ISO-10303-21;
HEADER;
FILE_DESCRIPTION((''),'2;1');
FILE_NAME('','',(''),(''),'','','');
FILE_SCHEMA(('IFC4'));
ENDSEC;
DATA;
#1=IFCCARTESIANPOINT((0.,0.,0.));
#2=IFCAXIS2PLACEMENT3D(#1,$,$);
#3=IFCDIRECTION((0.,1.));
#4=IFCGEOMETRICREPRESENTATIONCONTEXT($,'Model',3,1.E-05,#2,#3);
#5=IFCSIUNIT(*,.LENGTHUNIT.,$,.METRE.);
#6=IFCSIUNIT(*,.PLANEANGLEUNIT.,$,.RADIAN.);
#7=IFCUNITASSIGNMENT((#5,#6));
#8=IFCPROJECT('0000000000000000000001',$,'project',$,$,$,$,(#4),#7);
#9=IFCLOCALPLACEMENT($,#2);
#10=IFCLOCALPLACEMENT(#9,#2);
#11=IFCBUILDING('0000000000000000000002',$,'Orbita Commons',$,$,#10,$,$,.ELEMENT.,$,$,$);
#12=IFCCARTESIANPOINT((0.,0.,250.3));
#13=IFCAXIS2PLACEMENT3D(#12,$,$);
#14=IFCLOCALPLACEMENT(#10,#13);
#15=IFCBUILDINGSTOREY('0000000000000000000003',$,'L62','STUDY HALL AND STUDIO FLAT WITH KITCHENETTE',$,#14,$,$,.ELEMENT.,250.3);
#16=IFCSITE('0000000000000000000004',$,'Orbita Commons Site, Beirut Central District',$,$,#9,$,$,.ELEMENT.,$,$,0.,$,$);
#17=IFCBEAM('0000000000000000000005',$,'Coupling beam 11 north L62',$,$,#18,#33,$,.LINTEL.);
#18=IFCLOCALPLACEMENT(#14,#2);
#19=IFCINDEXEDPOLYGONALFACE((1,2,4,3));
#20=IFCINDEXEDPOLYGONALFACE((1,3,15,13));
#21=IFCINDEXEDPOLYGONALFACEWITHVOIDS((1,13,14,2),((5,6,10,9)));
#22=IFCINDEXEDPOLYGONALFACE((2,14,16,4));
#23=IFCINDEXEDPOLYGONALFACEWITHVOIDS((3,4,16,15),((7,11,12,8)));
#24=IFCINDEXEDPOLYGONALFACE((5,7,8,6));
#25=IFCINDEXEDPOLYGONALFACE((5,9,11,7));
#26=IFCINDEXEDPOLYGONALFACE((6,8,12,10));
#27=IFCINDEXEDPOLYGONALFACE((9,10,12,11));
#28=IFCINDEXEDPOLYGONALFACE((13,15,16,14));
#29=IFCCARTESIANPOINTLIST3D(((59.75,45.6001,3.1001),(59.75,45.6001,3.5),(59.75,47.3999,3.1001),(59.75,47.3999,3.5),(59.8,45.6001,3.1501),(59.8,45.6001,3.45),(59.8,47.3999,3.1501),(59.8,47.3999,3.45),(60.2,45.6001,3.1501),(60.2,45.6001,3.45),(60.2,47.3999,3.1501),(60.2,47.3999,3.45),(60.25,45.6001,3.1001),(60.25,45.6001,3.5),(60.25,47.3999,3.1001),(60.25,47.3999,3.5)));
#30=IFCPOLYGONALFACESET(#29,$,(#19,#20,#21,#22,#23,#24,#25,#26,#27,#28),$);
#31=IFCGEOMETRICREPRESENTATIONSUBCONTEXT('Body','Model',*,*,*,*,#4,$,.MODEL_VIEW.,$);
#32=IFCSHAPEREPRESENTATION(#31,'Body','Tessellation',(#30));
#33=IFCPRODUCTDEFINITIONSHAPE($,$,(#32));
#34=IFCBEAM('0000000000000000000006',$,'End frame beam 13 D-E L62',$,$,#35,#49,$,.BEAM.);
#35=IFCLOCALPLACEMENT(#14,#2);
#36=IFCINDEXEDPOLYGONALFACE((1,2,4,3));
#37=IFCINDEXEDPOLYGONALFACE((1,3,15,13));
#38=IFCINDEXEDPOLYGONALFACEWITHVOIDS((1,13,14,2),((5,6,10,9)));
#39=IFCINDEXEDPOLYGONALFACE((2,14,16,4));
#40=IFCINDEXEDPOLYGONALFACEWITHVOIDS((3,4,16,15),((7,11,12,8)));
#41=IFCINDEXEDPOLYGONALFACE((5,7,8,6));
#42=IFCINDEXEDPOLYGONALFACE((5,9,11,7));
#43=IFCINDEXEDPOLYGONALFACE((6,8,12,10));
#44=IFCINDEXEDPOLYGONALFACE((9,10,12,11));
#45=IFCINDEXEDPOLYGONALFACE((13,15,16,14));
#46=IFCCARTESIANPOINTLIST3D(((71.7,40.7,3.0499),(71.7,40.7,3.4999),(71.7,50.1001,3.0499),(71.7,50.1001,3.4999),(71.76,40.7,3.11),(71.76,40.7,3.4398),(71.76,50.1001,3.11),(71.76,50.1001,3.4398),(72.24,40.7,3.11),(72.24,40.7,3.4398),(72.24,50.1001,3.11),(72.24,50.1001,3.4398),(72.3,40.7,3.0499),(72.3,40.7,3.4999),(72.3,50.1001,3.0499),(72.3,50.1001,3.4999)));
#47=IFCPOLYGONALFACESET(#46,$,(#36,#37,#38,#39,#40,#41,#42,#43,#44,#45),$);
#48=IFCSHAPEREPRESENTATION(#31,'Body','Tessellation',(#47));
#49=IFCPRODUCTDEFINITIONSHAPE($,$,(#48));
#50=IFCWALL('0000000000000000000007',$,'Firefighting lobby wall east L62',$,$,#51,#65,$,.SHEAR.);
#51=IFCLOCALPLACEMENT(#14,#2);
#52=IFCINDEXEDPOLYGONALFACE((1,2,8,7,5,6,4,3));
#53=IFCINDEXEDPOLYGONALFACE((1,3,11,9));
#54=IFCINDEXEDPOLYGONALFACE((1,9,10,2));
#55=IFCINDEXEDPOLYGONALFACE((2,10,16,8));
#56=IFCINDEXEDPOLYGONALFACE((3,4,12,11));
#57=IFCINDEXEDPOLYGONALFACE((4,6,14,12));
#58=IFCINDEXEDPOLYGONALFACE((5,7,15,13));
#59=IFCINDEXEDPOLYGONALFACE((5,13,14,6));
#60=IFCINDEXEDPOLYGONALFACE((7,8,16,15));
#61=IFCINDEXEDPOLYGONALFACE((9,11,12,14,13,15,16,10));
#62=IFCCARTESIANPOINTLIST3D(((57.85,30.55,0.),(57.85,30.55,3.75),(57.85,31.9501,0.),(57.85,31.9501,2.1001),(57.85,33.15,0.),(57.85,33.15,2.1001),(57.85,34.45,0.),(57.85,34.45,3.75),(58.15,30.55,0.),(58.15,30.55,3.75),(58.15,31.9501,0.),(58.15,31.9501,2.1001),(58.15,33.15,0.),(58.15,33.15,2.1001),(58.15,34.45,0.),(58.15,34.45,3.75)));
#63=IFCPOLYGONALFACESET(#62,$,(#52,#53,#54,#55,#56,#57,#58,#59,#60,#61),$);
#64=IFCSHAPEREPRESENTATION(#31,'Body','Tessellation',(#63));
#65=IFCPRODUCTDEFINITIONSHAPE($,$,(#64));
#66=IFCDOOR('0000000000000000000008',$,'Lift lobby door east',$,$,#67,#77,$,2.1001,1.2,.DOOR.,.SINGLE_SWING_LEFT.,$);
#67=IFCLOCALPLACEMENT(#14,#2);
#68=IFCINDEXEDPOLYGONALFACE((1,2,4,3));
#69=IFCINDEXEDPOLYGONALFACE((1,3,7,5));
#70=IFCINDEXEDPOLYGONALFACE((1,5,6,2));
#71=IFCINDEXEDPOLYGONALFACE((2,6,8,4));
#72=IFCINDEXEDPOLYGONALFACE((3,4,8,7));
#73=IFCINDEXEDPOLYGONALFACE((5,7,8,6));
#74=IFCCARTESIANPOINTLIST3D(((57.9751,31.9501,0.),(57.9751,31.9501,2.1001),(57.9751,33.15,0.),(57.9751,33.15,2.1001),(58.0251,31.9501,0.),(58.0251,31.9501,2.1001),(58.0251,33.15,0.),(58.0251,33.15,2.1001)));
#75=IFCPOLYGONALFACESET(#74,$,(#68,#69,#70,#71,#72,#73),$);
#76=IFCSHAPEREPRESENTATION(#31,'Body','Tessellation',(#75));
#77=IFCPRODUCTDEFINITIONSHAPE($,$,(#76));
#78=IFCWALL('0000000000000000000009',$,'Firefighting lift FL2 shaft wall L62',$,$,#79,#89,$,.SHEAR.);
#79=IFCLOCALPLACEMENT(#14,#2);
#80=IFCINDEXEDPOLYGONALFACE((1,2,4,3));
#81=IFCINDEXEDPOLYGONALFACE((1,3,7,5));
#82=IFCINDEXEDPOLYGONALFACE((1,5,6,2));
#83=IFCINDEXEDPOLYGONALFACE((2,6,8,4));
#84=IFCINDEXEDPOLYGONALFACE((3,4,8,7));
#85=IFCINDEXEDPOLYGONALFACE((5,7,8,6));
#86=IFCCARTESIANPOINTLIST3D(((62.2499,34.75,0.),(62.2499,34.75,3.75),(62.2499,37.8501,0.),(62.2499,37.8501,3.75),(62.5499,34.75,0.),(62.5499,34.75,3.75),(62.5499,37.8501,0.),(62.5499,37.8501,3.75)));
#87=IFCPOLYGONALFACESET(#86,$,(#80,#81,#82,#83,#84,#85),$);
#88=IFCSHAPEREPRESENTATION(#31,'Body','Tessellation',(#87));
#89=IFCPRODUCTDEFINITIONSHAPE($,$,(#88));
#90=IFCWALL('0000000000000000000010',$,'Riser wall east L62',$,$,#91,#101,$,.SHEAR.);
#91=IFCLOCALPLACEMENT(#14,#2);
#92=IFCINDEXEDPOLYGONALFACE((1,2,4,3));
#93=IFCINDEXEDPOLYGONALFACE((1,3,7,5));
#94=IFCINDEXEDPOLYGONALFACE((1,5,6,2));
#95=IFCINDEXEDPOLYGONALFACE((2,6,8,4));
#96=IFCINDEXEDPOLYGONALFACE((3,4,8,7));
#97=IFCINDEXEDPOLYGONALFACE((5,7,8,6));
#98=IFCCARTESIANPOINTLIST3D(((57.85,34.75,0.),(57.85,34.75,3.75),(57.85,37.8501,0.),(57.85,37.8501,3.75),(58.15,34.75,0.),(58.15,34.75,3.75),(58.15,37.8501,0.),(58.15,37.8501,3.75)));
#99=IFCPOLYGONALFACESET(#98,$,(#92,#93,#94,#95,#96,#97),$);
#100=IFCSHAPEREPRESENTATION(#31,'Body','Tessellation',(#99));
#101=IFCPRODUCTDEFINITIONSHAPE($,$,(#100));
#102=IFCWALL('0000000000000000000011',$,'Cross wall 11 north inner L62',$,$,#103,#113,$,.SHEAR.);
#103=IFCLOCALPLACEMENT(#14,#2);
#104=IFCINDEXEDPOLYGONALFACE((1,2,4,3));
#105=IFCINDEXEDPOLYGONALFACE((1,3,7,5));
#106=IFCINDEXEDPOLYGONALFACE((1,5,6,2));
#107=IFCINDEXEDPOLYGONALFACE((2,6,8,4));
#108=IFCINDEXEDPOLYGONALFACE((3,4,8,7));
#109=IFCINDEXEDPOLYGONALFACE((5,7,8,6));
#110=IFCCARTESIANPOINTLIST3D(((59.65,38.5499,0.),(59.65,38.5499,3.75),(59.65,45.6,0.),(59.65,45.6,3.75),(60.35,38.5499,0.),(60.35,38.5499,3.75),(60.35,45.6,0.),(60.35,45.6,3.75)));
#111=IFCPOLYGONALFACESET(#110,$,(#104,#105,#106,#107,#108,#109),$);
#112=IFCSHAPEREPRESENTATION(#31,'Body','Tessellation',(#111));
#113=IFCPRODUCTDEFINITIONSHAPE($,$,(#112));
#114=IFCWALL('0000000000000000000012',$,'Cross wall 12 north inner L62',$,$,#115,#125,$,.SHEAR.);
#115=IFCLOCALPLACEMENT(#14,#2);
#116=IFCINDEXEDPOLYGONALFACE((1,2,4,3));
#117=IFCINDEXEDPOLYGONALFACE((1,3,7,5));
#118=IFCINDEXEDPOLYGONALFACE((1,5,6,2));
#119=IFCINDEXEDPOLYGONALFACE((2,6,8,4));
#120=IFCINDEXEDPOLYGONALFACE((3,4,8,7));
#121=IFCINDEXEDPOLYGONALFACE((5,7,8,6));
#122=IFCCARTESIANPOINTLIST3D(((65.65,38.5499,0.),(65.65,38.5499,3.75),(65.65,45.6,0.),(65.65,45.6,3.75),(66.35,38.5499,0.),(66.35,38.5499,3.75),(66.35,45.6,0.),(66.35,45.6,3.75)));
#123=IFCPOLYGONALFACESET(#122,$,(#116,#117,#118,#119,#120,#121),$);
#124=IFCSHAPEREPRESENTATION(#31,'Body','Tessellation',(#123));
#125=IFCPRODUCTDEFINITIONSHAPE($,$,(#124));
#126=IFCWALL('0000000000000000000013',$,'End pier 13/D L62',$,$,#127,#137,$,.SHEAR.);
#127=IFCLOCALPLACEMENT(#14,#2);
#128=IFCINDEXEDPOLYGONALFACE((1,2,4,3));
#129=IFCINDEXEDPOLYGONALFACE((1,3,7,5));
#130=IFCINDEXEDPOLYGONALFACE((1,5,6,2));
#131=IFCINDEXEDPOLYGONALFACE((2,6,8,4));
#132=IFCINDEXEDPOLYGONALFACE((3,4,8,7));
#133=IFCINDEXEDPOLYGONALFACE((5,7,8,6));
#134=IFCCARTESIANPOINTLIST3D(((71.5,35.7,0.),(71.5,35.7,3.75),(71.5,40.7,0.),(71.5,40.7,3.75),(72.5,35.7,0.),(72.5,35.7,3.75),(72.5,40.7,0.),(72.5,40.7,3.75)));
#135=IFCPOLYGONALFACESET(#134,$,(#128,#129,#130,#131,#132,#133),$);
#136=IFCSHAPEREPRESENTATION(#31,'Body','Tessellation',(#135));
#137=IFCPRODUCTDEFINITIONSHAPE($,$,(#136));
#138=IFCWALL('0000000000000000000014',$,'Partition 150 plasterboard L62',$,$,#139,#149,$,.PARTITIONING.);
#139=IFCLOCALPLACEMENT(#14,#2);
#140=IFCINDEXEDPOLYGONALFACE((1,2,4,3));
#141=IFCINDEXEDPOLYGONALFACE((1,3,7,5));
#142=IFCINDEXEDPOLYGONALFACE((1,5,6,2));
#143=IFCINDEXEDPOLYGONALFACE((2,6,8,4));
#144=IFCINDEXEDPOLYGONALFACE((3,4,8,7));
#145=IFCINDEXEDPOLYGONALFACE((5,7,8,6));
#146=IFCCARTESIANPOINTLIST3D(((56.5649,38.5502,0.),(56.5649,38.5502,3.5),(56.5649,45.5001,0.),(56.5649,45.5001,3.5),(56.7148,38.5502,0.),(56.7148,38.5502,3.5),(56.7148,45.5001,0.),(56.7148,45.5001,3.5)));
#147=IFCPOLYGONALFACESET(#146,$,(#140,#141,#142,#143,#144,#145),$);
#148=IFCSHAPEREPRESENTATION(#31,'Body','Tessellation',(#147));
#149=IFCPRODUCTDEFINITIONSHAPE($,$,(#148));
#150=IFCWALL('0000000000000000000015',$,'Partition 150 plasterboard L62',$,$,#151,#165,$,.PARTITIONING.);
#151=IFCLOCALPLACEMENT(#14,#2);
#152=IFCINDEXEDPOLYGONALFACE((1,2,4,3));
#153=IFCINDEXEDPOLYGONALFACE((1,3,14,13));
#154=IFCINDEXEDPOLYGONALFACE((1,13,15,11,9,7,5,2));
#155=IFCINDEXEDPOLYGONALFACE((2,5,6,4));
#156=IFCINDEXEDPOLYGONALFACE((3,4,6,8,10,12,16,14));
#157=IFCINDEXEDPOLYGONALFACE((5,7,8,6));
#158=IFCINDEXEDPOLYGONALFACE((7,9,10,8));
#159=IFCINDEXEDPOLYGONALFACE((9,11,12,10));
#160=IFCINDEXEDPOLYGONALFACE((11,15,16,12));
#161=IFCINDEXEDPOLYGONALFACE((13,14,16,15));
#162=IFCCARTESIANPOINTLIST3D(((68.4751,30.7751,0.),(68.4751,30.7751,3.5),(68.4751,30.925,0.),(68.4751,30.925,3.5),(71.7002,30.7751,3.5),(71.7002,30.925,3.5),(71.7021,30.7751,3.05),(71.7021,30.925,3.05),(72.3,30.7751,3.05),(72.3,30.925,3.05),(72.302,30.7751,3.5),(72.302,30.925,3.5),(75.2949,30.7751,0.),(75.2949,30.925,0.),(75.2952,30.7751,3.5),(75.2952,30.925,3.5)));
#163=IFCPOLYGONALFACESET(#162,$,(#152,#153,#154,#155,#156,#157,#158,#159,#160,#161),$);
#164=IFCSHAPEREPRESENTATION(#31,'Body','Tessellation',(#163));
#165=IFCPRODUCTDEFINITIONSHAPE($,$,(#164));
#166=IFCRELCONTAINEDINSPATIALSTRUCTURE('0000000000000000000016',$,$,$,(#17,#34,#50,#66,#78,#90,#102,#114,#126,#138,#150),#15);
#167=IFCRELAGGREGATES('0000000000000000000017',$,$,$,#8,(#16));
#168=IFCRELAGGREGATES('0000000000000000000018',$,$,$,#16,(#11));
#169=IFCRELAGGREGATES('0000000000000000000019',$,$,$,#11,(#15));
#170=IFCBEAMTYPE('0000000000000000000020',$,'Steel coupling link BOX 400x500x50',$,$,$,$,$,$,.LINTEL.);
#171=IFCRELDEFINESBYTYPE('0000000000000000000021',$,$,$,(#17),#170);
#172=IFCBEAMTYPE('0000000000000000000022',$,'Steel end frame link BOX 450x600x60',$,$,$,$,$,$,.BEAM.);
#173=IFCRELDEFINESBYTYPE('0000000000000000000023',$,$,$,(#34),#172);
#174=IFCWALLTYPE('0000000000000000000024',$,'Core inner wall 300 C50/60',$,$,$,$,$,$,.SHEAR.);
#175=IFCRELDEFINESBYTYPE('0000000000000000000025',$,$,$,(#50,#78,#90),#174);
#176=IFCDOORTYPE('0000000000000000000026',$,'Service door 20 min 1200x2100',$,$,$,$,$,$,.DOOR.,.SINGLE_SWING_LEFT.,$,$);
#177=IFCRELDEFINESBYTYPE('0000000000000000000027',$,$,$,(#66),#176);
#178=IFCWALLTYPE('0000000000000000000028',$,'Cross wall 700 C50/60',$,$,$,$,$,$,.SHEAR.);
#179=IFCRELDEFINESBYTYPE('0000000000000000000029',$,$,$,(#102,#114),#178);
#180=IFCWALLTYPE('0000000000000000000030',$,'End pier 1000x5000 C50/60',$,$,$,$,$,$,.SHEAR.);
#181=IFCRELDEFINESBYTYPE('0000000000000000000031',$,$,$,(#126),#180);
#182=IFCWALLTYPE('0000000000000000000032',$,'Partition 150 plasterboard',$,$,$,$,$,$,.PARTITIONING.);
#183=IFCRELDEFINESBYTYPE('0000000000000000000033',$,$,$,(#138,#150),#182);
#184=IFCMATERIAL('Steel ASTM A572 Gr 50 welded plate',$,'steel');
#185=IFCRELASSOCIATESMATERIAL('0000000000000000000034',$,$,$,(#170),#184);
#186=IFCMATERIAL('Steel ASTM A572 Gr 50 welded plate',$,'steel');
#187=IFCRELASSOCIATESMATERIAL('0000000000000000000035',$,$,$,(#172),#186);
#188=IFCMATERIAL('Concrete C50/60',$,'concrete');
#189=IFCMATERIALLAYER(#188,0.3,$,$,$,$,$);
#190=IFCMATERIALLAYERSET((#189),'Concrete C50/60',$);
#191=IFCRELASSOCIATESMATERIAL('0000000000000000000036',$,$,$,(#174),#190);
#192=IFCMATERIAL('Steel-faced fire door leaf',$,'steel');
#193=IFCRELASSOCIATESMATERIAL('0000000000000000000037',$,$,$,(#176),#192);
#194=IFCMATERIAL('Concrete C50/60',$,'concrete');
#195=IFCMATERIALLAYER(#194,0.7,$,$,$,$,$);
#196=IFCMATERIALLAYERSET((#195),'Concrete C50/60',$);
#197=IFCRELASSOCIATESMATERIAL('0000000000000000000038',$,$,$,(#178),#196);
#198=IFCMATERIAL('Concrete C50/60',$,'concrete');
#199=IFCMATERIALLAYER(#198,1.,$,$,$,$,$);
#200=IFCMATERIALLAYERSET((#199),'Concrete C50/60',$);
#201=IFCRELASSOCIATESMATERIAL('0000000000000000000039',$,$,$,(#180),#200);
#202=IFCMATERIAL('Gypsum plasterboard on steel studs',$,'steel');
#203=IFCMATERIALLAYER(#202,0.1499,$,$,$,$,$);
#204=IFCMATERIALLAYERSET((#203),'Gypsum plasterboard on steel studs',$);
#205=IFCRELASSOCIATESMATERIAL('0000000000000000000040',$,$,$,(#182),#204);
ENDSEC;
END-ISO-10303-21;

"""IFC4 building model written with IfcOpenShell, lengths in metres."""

from ifc_helpers import new_model, si_unit, direction, frame, frame_2d, origin, origin_2d, place, context, subcontext, project, spatial, polyline, rectangle, hollow_rectangle, outline, extrude, material, layer, layer_set, material_profile, profile_set, type_object, element, fill, save


model = new_model("IFC4")

# Units and contexts
model_context = context("Model", 3, precision=1e-05, world=origin(), true_north=direction((0.0, 1.0)))
body_context = subcontext(model_context, "Body", "Model", "MODEL_VIEW")
ifc_project = project(units=[si_unit("LENGTHUNIT", "METRE"), si_unit("PLANEANGLEUNIT", "RADIAN")], contexts=[model_context])

# Site, building, storey
site_placement = place(None, origin())
site = spatial("IfcSite", under=ifc_project, at=site_placement, Name="Orbita Commons Site, Beirut Central District", CompositionType="ELEMENT", RefElevation=0.0)
building_placement = place(site_placement, origin())
building = spatial("IfcBuilding", under=site, at=building_placement, Name="Orbita Commons", CompositionType="ELEMENT")
storey_placement = place(building_placement, frame((0.0, 0.0, 250.3)))
storey = spatial("IfcBuildingStorey", under=building, at=storey_placement, Name="L62", Description="STUDY HALL AND STUDIO FLAT WITH KITCHENETTE", CompositionType="ELEMENT", Elevation=250.3)

# Beams
ifc_material_1 = material(Name="Steel ASTM A572 Gr 50 welded plate", Category="steel")
ifc_material_profile_1 = material_profile(ifc_material_1, hollow_rectangle(XDim=0.5, YDim=0.3999, WallThickness=0.05, at=origin_2d()), Name="BOX 400x500x50")
ifc_profile_set_1 = profile_set([ifc_material_profile_1], Name="Steel ASTM A572 Gr 50 welded plate")
beam_type_1 = type_object("IfcBeamType", Name="Steel coupling link BOX 400x500x50", PredefinedType="LINTEL", material=ifc_profile_set_1)
beam_1_placement = place(storey_placement, frame((60.0, 45.6001, 3.3), z_axis=(0.0, 1.0, 0.0), x_axis=(-1.0, 0.0, 0.0)))
element("IfcBeam", 1, at=beam_1_placement, inside=storey, type_object=beam_type_1, Name="Coupling beam 11 north L62", PredefinedType="LINTEL", context=body_context, shape_type="SweptSolid", body=[
    extrude(hollow_rectangle(XDim=0.5, YDim=0.3999, WallThickness=0.05, at=origin_2d()), origin(), (0.0, 0.0, 1.0), 1.7998),
])
ifc_material_2 = material(Name="Steel ASTM A572 Gr 50 welded plate", Category="steel")
ifc_material_profile_2 = material_profile(ifc_material_2, hollow_rectangle(XDim=0.6001, YDim=0.45, WallThickness=0.0601, at=origin_2d()), Name="BOX 450x600x60")
ifc_profile_set_2 = profile_set([ifc_material_profile_2], Name="Steel ASTM A572 Gr 50 welded plate")
beam_type_2 = type_object("IfcBeamType", Name="Steel end frame link BOX 450x600x60", PredefinedType="BEAM", material=ifc_profile_set_2)
beam_2_placement = place(storey_placement, frame((72.0, 40.7, 3.2749), z_axis=(0.0, 1.0, 0.0), x_axis=(-1.0, 0.0, 0.0)))
element("IfcBeam", 2, at=beam_2_placement, inside=storey, type_object=beam_type_2, Name="End frame beam 13 D-E L62", PredefinedType="BEAM", context=body_context, shape_type="SweptSolid", body=[
    extrude(hollow_rectangle(XDim=0.6001, YDim=0.45, WallThickness=0.0601, at=origin_2d()), origin(), (0.0, 0.0, 1.0), 9.4001),
])

# Wall, opening, door
ifc_material_3 = material(Name="Concrete C50/60", Category="concrete")
ifc_layer_1 = layer(ifc_material_3, 0.3)
ifc_layer_set_1 = layer_set([ifc_layer_1], Name="Concrete C50/60")
wall_type_1 = type_object("IfcWallType", Name="Core inner wall 300 C50/60", PredefinedType="SHEAR", material=ifc_layer_set_1)
wall_1_placement = place(storey_placement, frame((58.0, 30.55, 0.0), z_axis=(0.0, 0.0, 1.0), x_axis=(0.0, 1.0, 0.0)))
wall_1 = element("IfcWall", 3, at=wall_1_placement, inside=storey, type_object=wall_type_1, Name="Firefighting lobby wall east L62", PredefinedType="SHEAR", context=body_context, shape_type="SweptSolid", body=[
    extrude(rectangle(XDim=3.8999, YDim=0.3, at=frame_2d((1.95, 0.0))), origin(), (0.0, 0.0, 1.0), 3.75),
])
opening_1_placement = place(wall_1_placement, frame((1.3999, 0.0, 0.0)))
opening_1 = element("IfcOpeningElement", 4, at=opening_1_placement, cuts=wall_1, PredefinedType="OPENING", context=body_context, shape_type="SweptSolid", body=[
    extrude(rectangle(XDim=1.2, YDim=2.1001, at=frame_2d((0.6001, 1.05))), frame((0.0, 0.1599, 0.0), z_axis=(0.0, -1.0, 0.0), x_axis=(1.0, 0.0, 0.0)), (0.0, 0.0, 1.0), 0.3201),
])
ifc_material_4 = material(Name="Steel-faced fire door leaf", Category="steel")
door_type = type_object("IfcDoorType", Name="Service door 20 min 1200x2100", OperationType="SINGLE_SWING_LEFT", PredefinedType="DOOR", material=ifc_material_4)
door_placement = place(opening_1_placement, origin())
door = element("IfcDoor", 5, at=door_placement, inside=storey, type_object=door_type, Name="Lift lobby door east", OperationType="SINGLE_SWING_LEFT", OverallHeight=2.1001, OverallWidth=1.2, PredefinedType="DOOR", context=body_context, shape_type="SweptSolid", body=[
    extrude(rectangle(XDim=1.2, YDim=2.1001, at=frame_2d((0.6001, 1.05))), frame((0.0, 0.0249, 0.0), z_axis=(0.0, -1.0, 0.0), x_axis=(1.0, 0.0, 0.0)), (0.0, 0.0, 1.0), 0.05),
])
fill(opening_1, door)

# Walls
for number, where, z_axis, x_axis, name in (
    (6, (62.3999, 34.75, 0.0), (0.0, 0.0, 1.0), (0.0, 1.0, 0.0), "Firefighting lift FL2 shaft wall L62"),
    (7, (58.0, 34.75, 0.0), (0.0, 0.0, 1.0), (0.0, 1.0, 0.0), "Riser wall east L62"),
):
    element("IfcWall", number, at=place(storey_placement, frame(where, z_axis=z_axis, x_axis=x_axis)), inside=storey, type_object=wall_type_1, Name=name, PredefinedType="SHEAR", context=body_context, shape_type="SweptSolid", body=[
        extrude(rectangle(XDim=3.1001, YDim=0.3, at=frame_2d((1.55, 0.0))), origin(), (0.0, 0.0, 1.0), 3.75),
    ])
ifc_material_5 = material(Name="Concrete C50/60", Category="concrete")
ifc_layer_2 = layer(ifc_material_5, 0.7)
ifc_layer_set_2 = layer_set([ifc_layer_2], Name="Concrete C50/60")
wall_type_2 = type_object("IfcWallType", Name="Cross wall 700 C50/60", PredefinedType="SHEAR", material=ifc_layer_set_2)
for number, where, z_axis, x_axis, name in (
    (8, (60.0, 38.55, 0.0), (0.0, 0.0, 1.0), (0.0, 1.0, 0.0), "Cross wall 11 north inner L62"),
    (9, (66.0, 38.55, 0.0), (0.0, 0.0, 1.0), (0.0, 1.0, 0.0), "Cross wall 12 north inner L62"),
):
    element("IfcWall", number, at=place(storey_placement, frame(where, z_axis=z_axis, x_axis=x_axis)), inside=storey, type_object=wall_type_2, Name=name, PredefinedType="SHEAR", context=body_context, shape_type="SweptSolid", body=[
        extrude(rectangle(XDim=7.05, YDim=0.7, at=frame_2d((3.5249, 0.0))), origin(), (0.0, 0.0, 1.0), 3.75),
    ])
ifc_material_6 = material(Name="Concrete C50/60", Category="concrete")
ifc_layer_3 = layer(ifc_material_6, 1.0)
ifc_layer_set_3 = layer_set([ifc_layer_3], Name="Concrete C50/60")
wall_type_3 = type_object("IfcWallType", Name="End pier 1000x5000 C50/60", PredefinedType="SHEAR", material=ifc_layer_set_3)
wall_2_placement = place(storey_placement, frame((72.0, 35.7, 0.0), z_axis=(0.0, 0.0, 1.0), x_axis=(0.0, 1.0, 0.0)))
element("IfcWall", 10, at=wall_2_placement, inside=storey, type_object=wall_type_3, Name="End pier 13/D L62", PredefinedType="SHEAR", context=body_context, shape_type="SweptSolid", body=[
    extrude(rectangle(XDim=5.0, YDim=1.0, at=frame_2d((2.5, 0.0))), origin(), (0.0, 0.0, 1.0), 3.75),
])
ifc_material_7 = material(Name="Gypsum plasterboard on steel studs", Category="steel")
ifc_layer_4 = layer(ifc_material_7, 0.1499)
ifc_layer_set_4 = layer_set([ifc_layer_4], Name="Gypsum plasterboard on steel studs")
wall_type_4 = type_object("IfcWallType", Name="Partition 150 plasterboard", PredefinedType="PARTITIONING", material=ifc_layer_set_4)
wall_3_placement = place(storey_placement, frame((56.6399, 38.55, 0.0), z_axis=(0.0, 0.0, 1.0), x_axis=(0.0, 1.0, 0.0)))
element("IfcWall", 11, at=wall_3_placement, inside=storey, type_object=wall_type_4, Name="Partition 150 plasterboard L62", PredefinedType="PARTITIONING", context=body_context, shape_type="SweptSolid", body=[
    extrude(rectangle(XDim=6.95, YDim=0.1499, at=frame_2d((3.4751, 0.0))), origin(), (0.0, 0.0, 1.0), 3.5),
])
wall_4_placement = place(storey_placement, frame((68.4751, 30.8501, 0.0), z_axis=(0.0, 0.0, 1.0), x_axis=(1.0, 0.0, 0.0)))
element("IfcWall", 12, at=wall_4_placement, inside=storey, type_object=wall_type_4, Name="Partition 150 plasterboard L62", PredefinedType="PARTITIONING", context=body_context, shape_type="SweptSolid", body=[
    extrude(outline(polyline([(0.0, 0.0), (6.8198, 0.0), (6.8201, 3.5), (3.8269, 3.5), (3.825, 3.05), (3.2271, 3.05), (3.2251, 3.5), (0.0, 3.5), (0.0, 0.0)])), frame((0.0, 0.075, 0.0), z_axis=(0.0, -1.0, 0.0), x_axis=(1.0, 0.0, 0.0)), (0.0, 0.0, 1.0), 0.1499),
])

save(model, "model.ifc")
